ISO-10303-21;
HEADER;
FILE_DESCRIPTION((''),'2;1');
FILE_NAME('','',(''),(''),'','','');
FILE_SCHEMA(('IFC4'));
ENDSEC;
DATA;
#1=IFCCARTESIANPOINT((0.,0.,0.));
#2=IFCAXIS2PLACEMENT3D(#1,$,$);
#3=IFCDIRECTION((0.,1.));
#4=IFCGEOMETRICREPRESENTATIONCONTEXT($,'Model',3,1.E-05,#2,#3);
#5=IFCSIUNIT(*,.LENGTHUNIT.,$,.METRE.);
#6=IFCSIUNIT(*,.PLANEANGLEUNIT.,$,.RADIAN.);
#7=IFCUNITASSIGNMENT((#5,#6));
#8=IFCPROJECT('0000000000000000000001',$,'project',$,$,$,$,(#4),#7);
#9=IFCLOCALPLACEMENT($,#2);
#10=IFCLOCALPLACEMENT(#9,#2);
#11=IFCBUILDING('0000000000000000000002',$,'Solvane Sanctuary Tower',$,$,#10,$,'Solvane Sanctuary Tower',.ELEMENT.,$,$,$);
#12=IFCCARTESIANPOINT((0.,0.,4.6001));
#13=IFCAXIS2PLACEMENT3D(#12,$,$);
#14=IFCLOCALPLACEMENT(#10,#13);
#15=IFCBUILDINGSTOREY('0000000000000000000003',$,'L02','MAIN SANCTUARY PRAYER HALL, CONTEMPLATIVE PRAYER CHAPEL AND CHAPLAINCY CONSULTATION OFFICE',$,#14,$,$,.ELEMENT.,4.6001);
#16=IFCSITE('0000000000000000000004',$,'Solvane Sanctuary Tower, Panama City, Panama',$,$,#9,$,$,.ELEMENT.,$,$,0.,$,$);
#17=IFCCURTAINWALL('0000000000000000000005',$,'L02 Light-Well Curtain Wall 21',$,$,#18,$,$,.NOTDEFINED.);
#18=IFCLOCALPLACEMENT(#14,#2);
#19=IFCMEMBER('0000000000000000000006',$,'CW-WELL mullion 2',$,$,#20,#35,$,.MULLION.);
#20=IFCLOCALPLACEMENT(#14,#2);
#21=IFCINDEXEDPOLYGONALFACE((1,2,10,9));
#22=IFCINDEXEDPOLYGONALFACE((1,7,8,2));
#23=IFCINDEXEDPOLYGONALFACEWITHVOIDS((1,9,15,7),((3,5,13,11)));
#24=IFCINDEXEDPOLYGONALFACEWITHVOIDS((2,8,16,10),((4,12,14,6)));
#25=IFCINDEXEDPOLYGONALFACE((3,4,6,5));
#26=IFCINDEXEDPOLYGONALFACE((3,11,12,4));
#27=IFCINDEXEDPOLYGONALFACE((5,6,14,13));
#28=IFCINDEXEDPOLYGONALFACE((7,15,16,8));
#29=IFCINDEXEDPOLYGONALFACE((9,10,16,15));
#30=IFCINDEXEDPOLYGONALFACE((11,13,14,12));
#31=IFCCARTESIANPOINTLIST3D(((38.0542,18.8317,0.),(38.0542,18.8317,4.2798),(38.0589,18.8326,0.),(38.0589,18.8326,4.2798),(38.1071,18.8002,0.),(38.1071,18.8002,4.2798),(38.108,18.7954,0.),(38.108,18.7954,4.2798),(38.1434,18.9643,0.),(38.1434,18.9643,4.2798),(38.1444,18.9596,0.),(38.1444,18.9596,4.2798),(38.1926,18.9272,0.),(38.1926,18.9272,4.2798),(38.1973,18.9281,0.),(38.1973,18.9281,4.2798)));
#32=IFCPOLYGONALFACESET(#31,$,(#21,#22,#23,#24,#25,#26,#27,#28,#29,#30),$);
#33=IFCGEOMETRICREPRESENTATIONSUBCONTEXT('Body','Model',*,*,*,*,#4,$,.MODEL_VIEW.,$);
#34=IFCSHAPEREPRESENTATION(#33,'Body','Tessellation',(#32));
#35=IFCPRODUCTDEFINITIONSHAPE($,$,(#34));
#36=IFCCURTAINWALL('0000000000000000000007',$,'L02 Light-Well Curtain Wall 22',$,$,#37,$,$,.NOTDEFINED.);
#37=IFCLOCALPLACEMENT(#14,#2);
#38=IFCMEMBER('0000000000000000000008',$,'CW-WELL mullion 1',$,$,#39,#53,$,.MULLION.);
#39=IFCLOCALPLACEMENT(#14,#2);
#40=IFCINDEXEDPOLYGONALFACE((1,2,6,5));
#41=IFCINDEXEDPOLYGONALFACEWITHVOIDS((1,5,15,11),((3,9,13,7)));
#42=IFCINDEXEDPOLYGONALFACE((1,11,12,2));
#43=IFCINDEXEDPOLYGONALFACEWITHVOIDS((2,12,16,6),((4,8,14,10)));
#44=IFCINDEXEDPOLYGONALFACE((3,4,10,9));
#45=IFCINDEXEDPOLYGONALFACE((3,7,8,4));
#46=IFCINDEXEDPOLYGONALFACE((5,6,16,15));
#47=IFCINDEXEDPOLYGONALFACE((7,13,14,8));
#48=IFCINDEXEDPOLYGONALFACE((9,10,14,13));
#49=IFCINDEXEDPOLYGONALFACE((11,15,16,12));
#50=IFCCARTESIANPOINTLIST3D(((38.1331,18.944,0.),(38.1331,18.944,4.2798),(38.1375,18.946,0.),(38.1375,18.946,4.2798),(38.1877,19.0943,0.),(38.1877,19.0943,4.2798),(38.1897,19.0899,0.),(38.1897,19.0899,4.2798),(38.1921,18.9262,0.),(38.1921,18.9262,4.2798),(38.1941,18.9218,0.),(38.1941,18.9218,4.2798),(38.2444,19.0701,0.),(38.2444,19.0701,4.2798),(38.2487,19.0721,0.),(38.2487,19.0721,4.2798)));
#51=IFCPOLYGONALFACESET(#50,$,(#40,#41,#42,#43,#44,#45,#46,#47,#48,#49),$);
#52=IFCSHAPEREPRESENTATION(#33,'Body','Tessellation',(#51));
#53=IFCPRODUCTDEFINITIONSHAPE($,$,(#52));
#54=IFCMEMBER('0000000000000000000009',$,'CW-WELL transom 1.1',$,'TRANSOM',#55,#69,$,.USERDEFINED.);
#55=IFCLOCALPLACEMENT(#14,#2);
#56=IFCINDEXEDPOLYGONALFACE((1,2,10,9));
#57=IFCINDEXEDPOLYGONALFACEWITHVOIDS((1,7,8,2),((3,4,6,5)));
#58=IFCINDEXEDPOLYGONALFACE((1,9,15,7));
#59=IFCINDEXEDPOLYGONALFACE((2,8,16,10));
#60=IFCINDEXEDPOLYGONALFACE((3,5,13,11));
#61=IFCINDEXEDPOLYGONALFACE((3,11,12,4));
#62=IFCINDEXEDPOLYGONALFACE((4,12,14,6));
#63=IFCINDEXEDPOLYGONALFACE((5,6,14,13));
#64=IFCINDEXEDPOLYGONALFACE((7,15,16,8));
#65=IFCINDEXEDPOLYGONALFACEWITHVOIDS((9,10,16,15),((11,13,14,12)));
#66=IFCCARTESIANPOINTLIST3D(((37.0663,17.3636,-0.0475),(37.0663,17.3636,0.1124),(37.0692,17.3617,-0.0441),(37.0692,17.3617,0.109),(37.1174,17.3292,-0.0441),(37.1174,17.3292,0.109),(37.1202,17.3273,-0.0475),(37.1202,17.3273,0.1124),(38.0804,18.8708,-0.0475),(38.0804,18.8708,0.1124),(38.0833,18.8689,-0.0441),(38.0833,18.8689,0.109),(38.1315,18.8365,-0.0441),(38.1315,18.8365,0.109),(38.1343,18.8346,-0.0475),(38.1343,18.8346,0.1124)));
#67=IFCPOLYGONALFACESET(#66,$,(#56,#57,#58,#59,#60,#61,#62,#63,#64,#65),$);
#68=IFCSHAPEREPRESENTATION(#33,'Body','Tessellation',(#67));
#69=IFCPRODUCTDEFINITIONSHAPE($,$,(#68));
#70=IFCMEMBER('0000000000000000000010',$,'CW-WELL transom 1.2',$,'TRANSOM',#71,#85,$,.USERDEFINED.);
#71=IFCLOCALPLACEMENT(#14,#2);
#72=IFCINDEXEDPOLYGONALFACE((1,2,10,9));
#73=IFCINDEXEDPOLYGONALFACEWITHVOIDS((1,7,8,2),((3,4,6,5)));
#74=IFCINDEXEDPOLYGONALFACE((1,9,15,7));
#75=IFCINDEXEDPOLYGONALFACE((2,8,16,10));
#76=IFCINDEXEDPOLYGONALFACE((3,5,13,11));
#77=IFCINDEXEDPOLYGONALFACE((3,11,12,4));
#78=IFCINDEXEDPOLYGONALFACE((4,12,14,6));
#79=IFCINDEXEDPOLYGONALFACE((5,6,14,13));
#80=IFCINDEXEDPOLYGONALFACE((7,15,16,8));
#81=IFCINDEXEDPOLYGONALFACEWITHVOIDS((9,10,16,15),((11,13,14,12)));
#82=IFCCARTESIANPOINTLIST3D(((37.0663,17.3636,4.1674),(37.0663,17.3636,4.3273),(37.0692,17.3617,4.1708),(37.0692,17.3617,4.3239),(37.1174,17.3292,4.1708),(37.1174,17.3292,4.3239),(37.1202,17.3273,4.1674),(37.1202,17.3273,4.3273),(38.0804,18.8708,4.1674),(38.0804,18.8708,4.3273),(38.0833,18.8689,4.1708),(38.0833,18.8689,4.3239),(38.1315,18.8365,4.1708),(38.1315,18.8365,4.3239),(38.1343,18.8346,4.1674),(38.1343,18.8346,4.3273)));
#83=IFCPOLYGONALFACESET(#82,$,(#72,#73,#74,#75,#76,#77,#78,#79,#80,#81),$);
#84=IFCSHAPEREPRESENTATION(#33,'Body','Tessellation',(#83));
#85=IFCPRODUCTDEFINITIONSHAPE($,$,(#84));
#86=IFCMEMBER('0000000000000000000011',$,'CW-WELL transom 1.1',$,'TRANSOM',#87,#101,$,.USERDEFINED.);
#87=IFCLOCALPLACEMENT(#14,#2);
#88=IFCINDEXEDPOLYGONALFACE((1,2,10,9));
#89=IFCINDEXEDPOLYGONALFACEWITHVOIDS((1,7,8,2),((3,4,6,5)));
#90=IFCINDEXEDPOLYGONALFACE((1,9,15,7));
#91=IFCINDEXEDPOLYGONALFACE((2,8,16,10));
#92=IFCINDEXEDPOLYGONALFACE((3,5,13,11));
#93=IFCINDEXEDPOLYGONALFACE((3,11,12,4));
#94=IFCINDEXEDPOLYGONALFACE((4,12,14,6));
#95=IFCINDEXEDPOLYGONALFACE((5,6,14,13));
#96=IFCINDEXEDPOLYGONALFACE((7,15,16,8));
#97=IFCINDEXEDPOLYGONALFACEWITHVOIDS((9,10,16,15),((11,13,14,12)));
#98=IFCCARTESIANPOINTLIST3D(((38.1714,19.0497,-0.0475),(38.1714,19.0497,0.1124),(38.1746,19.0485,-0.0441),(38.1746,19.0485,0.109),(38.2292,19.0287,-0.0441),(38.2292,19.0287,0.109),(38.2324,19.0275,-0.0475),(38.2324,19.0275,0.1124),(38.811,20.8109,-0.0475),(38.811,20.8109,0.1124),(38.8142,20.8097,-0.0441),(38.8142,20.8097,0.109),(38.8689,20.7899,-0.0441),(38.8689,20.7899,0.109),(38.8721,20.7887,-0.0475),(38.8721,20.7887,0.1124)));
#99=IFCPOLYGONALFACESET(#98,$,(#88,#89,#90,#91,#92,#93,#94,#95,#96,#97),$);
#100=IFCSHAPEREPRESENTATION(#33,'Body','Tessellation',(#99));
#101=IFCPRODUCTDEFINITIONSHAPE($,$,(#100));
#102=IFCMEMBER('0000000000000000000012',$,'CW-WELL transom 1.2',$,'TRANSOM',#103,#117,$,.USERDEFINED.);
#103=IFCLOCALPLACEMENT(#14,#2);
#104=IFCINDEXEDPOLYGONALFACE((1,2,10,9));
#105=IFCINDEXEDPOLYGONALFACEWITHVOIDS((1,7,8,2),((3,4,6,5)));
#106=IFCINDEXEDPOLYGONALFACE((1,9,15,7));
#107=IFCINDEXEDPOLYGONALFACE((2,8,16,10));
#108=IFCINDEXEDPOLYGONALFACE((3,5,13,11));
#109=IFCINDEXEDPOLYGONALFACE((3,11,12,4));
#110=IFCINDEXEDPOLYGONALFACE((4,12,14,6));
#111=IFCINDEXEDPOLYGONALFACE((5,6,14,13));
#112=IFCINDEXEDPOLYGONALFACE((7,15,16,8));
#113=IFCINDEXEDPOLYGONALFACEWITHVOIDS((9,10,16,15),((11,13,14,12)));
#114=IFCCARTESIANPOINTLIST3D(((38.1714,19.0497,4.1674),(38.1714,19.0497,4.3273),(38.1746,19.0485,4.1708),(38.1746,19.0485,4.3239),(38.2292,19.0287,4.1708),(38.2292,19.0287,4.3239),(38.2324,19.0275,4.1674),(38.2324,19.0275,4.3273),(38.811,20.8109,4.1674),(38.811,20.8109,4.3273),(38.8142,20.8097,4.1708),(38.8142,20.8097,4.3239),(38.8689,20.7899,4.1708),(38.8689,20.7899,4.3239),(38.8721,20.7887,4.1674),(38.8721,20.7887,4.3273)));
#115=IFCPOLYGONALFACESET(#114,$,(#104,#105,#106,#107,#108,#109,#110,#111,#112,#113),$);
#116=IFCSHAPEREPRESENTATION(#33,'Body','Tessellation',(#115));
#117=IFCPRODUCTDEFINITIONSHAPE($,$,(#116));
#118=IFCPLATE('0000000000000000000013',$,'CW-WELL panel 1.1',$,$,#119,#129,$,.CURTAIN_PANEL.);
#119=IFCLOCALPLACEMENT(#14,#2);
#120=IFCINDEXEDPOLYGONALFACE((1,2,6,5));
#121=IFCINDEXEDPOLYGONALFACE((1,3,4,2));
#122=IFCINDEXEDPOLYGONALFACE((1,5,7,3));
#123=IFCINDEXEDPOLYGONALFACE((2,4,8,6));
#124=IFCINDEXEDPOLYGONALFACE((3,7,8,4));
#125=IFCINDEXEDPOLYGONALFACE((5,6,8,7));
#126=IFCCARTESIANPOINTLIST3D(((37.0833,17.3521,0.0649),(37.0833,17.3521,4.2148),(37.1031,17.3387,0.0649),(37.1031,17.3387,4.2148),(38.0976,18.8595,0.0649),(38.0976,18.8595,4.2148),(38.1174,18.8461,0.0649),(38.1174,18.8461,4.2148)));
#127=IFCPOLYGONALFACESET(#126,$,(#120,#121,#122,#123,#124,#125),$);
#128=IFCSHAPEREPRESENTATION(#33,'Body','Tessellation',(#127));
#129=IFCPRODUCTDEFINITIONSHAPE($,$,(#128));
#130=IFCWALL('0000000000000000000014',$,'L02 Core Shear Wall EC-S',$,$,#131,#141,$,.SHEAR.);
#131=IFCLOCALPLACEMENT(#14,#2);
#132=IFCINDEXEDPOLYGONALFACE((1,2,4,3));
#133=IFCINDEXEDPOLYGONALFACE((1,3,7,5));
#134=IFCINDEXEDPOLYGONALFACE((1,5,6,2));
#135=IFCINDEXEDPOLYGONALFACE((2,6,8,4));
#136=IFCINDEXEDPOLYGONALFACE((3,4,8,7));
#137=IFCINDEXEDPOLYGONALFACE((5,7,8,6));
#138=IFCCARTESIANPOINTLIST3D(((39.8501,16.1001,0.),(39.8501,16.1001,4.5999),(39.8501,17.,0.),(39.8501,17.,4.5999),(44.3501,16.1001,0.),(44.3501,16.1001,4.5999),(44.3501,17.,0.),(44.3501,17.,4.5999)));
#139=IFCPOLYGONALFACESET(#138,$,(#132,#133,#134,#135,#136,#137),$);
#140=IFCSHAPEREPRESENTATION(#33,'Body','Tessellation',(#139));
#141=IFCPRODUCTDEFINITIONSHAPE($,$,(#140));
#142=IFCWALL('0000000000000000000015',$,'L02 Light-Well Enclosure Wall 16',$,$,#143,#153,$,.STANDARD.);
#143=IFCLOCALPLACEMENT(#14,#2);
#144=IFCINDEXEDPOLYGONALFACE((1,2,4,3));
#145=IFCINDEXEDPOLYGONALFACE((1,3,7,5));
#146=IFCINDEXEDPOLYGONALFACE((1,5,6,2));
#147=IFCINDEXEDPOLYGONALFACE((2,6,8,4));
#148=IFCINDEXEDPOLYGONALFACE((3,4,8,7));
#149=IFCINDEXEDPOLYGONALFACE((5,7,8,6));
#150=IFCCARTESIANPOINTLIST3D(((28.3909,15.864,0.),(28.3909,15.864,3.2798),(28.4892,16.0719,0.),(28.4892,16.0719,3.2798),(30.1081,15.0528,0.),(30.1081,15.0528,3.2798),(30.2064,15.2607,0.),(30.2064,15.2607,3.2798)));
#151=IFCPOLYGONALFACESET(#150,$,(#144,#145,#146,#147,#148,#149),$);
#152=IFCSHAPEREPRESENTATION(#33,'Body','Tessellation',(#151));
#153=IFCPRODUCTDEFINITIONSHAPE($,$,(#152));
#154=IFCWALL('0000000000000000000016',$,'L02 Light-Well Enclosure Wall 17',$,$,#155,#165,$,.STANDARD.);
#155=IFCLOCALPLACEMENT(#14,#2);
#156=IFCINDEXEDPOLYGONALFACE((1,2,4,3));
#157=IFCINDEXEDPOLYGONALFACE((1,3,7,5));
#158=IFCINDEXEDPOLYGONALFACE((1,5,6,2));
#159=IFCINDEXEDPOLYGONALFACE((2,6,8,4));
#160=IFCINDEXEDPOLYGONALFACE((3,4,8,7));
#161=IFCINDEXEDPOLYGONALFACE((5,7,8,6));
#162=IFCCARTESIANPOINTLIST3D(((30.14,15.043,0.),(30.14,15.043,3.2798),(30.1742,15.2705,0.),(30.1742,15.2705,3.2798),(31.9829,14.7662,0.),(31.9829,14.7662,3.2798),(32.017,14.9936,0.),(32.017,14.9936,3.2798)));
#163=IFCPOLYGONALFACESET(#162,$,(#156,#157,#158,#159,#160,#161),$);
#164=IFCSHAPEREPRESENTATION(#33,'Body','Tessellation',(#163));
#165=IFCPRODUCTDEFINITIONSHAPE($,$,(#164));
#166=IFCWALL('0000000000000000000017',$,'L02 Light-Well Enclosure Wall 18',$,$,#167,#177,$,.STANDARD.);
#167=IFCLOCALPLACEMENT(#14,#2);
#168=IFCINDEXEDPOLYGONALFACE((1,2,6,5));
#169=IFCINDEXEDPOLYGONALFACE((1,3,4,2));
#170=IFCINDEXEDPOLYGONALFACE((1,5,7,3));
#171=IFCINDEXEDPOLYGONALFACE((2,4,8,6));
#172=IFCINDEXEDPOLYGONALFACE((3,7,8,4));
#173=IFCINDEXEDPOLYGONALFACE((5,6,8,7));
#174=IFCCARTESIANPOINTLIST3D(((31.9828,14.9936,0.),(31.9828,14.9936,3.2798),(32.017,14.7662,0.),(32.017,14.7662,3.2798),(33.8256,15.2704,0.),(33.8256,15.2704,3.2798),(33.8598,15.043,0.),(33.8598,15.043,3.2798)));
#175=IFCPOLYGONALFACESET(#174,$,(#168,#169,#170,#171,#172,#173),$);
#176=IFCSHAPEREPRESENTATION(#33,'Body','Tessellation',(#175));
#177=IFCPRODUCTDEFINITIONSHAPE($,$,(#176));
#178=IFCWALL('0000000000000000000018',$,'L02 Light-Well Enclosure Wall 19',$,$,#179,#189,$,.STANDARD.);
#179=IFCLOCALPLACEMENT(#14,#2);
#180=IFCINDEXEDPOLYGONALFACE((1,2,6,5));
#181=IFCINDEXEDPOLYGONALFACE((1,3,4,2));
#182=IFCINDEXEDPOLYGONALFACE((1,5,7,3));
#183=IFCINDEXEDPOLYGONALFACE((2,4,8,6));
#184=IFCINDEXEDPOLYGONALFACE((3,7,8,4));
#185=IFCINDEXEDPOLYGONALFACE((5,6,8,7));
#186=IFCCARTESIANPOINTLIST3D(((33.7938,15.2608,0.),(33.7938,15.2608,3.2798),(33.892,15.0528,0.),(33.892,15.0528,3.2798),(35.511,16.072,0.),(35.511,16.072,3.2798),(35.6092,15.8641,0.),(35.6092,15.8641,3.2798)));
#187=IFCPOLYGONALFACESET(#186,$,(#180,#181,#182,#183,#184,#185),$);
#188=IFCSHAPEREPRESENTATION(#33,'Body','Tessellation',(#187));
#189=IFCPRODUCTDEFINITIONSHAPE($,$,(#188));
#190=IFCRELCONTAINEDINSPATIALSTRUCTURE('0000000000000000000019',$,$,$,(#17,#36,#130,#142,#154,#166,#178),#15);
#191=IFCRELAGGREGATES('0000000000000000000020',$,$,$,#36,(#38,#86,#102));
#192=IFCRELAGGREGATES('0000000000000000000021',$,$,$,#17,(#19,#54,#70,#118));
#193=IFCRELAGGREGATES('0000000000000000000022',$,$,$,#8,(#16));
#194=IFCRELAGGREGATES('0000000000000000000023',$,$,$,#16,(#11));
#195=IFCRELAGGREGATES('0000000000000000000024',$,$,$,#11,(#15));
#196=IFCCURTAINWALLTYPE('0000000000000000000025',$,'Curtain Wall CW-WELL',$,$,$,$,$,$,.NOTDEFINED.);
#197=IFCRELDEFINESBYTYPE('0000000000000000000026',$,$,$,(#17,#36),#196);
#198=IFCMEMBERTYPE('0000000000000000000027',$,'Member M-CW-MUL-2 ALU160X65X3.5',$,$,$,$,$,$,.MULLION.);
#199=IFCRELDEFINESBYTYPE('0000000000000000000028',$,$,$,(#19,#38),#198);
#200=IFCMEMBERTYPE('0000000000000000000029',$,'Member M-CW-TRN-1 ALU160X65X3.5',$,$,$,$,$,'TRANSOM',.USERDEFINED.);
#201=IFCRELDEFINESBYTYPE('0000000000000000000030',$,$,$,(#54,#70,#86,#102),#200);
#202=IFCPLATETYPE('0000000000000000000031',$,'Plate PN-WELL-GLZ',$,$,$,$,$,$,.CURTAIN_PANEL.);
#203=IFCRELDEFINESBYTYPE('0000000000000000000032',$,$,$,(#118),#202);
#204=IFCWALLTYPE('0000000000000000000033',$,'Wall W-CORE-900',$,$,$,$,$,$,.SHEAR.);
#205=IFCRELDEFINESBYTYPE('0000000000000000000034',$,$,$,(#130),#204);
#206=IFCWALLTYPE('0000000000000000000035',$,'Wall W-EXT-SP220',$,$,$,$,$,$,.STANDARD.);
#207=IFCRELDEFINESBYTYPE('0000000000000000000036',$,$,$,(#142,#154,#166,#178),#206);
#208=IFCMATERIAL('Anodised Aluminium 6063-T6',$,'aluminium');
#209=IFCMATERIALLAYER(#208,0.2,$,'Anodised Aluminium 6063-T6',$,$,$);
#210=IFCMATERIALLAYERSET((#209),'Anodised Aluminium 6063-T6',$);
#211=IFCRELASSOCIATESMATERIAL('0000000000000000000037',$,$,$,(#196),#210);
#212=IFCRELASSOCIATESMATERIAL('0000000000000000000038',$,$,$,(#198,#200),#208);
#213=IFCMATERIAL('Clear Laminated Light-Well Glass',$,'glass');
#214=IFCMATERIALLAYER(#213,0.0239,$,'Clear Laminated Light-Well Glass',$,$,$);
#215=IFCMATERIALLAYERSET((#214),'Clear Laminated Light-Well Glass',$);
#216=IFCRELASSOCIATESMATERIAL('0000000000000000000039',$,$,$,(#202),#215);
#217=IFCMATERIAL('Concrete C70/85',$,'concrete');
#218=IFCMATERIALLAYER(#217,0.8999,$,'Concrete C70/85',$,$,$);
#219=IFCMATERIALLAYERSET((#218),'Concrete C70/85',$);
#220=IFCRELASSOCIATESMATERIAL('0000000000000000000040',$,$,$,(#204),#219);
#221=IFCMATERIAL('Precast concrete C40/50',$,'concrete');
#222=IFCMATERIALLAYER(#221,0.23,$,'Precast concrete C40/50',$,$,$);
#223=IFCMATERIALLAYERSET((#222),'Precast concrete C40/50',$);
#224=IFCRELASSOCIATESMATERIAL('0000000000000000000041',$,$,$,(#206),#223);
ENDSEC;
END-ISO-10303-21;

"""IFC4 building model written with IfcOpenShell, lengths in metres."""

from ifc_helpers import new_model, si_unit, direction, frame, frame_2d, origin, origin_2d, place, context, subcontext, project, spatial, rectangle, hollow_rectangle, extrude, material, layer, layer_set, material_profile, profile_set, type_object, element, aggregate, save


model = new_model("IFC4")

# Units and contexts
model_context = context("Model", 3, precision=1e-05, world=origin(), true_north=direction((0.0, 1.0)))
body_context = subcontext(model_context, "Body", "Model", "MODEL_VIEW")
ifc_project = project(units=[si_unit("LENGTHUNIT", "METRE"), si_unit("PLANEANGLEUNIT", "RADIAN")], contexts=[model_context])

# Site, building, storey
site_placement = place(None, origin())
site = spatial("IfcSite", under=ifc_project, at=site_placement, Name="Solvane Sanctuary Tower, Panama City, Panama", CompositionType="ELEMENT", RefElevation=0.0)
building_placement = place(site_placement, origin())
building = spatial("IfcBuilding", under=site, at=building_placement, Name="Solvane Sanctuary Tower", LongName="Solvane Sanctuary Tower", CompositionType="ELEMENT")
storey_placement = place(building_placement, frame((0.0, 0.0, 4.6001)))
storey = spatial("IfcBuildingStorey", under=building, at=storey_placement, Name="L02", Description="MAIN SANCTUARY PRAYER HALL, CONTEMPLATIVE PRAYER CHAPEL AND CHAPLAINCY CONSULTATION OFFICE", CompositionType="ELEMENT", Elevation=4.6001)

# Shared definitions
ifc_material_1 = material(Name="Concrete C70/85", Category="concrete")

# Curtain wall, member
ifc_material_2 = material(Name="Anodised Aluminium 6063-T6", Category="aluminium")
ifc_layer_1 = layer(ifc_material_2, 0.2, Name="Anodised Aluminium 6063-T6")
ifc_layer_set_1 = layer_set([ifc_layer_1], Name="Anodised Aluminium 6063-T6")
curtain_wall_type = type_object("IfcCurtainWallType", Name="Curtain Wall CW-WELL", PredefinedType="NOTDEFINED", material=ifc_layer_set_1)
curtain_wall_1_placement = place(storey_placement, origin())
curtain_wall_1 = element("IfcCurtainWall", 1, at=curtain_wall_1_placement, inside=storey, type_object=curtain_wall_type, Name="L02 Light-Well Curtain Wall 21", PredefinedType="NOTDEFINED")
ifc_material_profile_1 = material_profile(ifc_material_2, hollow_rectangle(XDim=0.0649, YDim=0.1599, WallThickness=0.0034, at=origin_2d()), Name="ALU160X65X3.5")
ifc_profile_set_1 = profile_set([ifc_material_profile_1], Name="Anodised Aluminium 6063-T6")
member_type_1 = type_object("IfcMemberType", Name="Member M-CW-MUL-2 ALU160X65X3.5", PredefinedType="MULLION", material=ifc_profile_set_1)
member_1_placement = place(storey_placement, frame((38.1257, 18.8799, 0.0), z_axis=(0.0, 0.0, 1.0), x_axis=(-0.829664, 0.558263, 0.0)))
member_1 = element("IfcMember", 2, at=member_1_placement, type_object=member_type_1, Name="CW-WELL mullion 2", PredefinedType="MULLION", context=body_context, shape_type="SweptSolid", body=[
    extrude(hollow_rectangle(XDim=0.0649, YDim=0.1599, WallThickness=0.0034, at=origin_2d()), origin(), (0.0, 0.0, 1.0), 4.2798),
])

# Curtain wall, member
curtain_wall_2_placement = place(storey_placement, origin())
curtain_wall_2 = element("IfcCurtainWall", 3, at=curtain_wall_2_placement, inside=storey, type_object=curtain_wall_type, Name="L02 Light-Well Curtain Wall 22", PredefinedType="NOTDEFINED")
member_2_placement = place(storey_placement, frame((38.1909, 19.0081, 0.0), z_axis=(0.0, 0.0, 1.0), x_axis=(-0.939938, 0.341346, 0.0)))
member_2 = element("IfcMember", 4, at=member_2_placement, type_object=member_type_1, Name="CW-WELL mullion 1", PredefinedType="MULLION", context=body_context, shape_type="SweptSolid", body=[
    extrude(hollow_rectangle(XDim=0.0649, YDim=0.1599, WallThickness=0.0034, at=origin_2d()), origin(), (0.0, 0.0, 1.0), 4.2798),
])

# Members
ifc_material_profile_2 = material_profile(ifc_material_2, hollow_rectangle(XDim=0.0649, YDim=0.1599, WallThickness=0.0034, at=origin_2d()), Name="ALU160X65X3.5")
ifc_profile_set_2 = profile_set([ifc_material_profile_2], Name="Anodised Aluminium 6063-T6")
member_type_2 = type_object("IfcMemberType", Name="Member M-CW-TRN-1 ALU160X65X3.5", ElementType="TRANSOM", PredefinedType="USERDEFINED", material=ifc_profile_set_2)
member_3_placement = place(storey_placement, frame((37.0933, 17.3455, 0.0325), z_axis=(0.558231, 0.829686, 0.0), x_axis=(-0.829686, 0.558231, 0.0)))
member_3 = element("IfcMember", 5, at=member_3_placement, type_object=member_type_2, Name="CW-WELL transom 1.1", ObjectType="TRANSOM", PredefinedType="USERDEFINED", context=body_context, shape_type="SweptSolid", body=[
    extrude(hollow_rectangle(XDim=0.0649, YDim=0.1599, WallThickness=0.0034, at=origin_2d()), origin(), (0.0, 0.0, 1.0), 1.8167),
])
member_4_placement = place(storey_placement, frame((37.0933, 17.3455, 4.2473), z_axis=(0.558231, 0.829686, 0.0), x_axis=(-0.829686, 0.558231, 0.0)))
member_4 = element("IfcMember", 6, at=member_4_placement, type_object=member_type_2, Name="CW-WELL transom 1.2", ObjectType="TRANSOM", PredefinedType="USERDEFINED", context=body_context, shape_type="SweptSolid", body=[
    extrude(hollow_rectangle(XDim=0.0649, YDim=0.1599, WallThickness=0.0034, at=origin_2d()), origin(), (0.0, 0.0, 1.0), 1.8167),
])
member_5_placement = place(storey_placement, frame((38.2019, 19.0386, 0.0325), z_axis=(0.341366, 0.93993, 0.0), x_axis=(-0.93993, 0.341366, 0.0)))
member_5 = element("IfcMember", 7, at=member_5_placement, type_object=member_type_2, Name="CW-WELL transom 1.1", ObjectType="TRANSOM", PredefinedType="USERDEFINED", context=body_context, shape_type="SweptSolid", body=[
    extrude(hollow_rectangle(XDim=0.0649, YDim=0.1599, WallThickness=0.0034, at=origin_2d()), origin(), (0.0, 0.0, 1.0), 1.8738),
])
member_6_placement = place(storey_placement, frame((38.2019, 19.0386, 4.2473), z_axis=(0.341366, 0.93993, 0.0), x_axis=(-0.93993, 0.341366, 0.0)))
member_6 = element("IfcMember", 8, at=member_6_placement, type_object=member_type_2, Name="CW-WELL transom 1.2", ObjectType="TRANSOM", PredefinedType="USERDEFINED", context=body_context, shape_type="SweptSolid", body=[
    extrude(hollow_rectangle(XDim=0.0649, YDim=0.1599, WallThickness=0.0034, at=origin_2d()), origin(), (0.0, 0.0, 1.0), 1.8738),
])
aggregate(curtain_wall_2, [member_2, member_5, member_6])

# Plate
ifc_material_3 = material(Name="Clear Laminated Light-Well Glass", Category="glass")
ifc_layer_2 = layer(ifc_material_3, 0.0239, Name="Clear Laminated Light-Well Glass")
ifc_layer_set_2 = layer_set([ifc_layer_2], Name="Clear Laminated Light-Well Glass")
plate_type = type_object("IfcPlateType", Name="Plate PN-WELL-GLZ", PredefinedType="CURTAIN_PANEL", material=ifc_layer_set_2)
plate_placement = place(storey_placement, frame((37.6003, 18.0991, 0.0649), z_axis=(0.0, 0.0, 1.0), x_axis=(0.558263, 0.829664, 0.0)))
plate = element("IfcPlate", 9, at=plate_placement, type_object=plate_type, Name="CW-WELL panel 1.1", PredefinedType="CURTAIN_PANEL", context=body_context, shape_type="SweptSolid", body=[
    extrude(rectangle(XDim=1.8169, YDim=0.0239, at=origin_2d()), origin(), (0.0, 0.0, 1.0), 4.1499),
])
aggregate(curtain_wall_1, [member_1, member_3, member_4, plate])

# Walls
ifc_layer_3 = layer(ifc_material_1, 0.8999, Name="Concrete C70/85")
ifc_layer_set_3 = layer_set([ifc_layer_3], Name="Concrete C70/85")
wall_type_1 = type_object("IfcWallType", Name="Wall W-CORE-900", PredefinedType="SHEAR", material=ifc_layer_set_3)
wall_1_placement = place(storey_placement, frame((39.8501, 16.55, 0.0), z_axis=(0.0, 0.0, 1.0), x_axis=(1.0, 0.0, 0.0)))
element("IfcWall", 10, at=wall_1_placement, inside=storey, type_object=wall_type_1, Name="L02 Core Shear Wall EC-S", PredefinedType="SHEAR", context=body_context, shape_type="SweptSolid", body=[
    extrude(rectangle(XDim=4.5, YDim=0.8999, at=frame_2d((2.25, 0.0))), origin(), (0.0, 0.0, 1.0), 4.5999),
])
ifc_material_4 = material(Name="Precast concrete C40/50", Category="concrete")
ifc_layer_4 = layer(ifc_material_4, 0.23, Name="Precast concrete C40/50")
ifc_layer_set_4 = layer_set([ifc_layer_4], Name="Precast concrete C40/50")
wall_type_2 = type_object("IfcWallType", Name="Wall W-EXT-SP220", PredefinedType="STANDARD", material=ifc_layer_set_4)
wall_2_placement = place(storey_placement, frame((28.4399, 15.968, 0.0), z_axis=(0.0, 0.0, 1.0), x_axis=(0.90418, -0.427152, 0.0)))
element("IfcWall", 11, at=wall_2_placement, inside=storey, type_object=wall_type_2, Name="L02 Light-Well Enclosure Wall 16", PredefinedType="STANDARD", context=body_context, shape_type="SweptSolid", body=[
    extrude(rectangle(XDim=1.8992, YDim=0.23, at=frame_2d((0.9497, 0.0))), origin(), (0.0, 0.0, 1.0), 3.2798),
])
for number, where, z_axis, x_axis, name in (
    (12, (30.1572, 15.1567, 0.0), (0.0, 0.0, 1.0), (0.988902, -0.148571, 0.0), "L02 Light-Well Enclosure Wall 17"),
    (13, (32.0, 14.8799, 0.0), (0.0, 0.0, 1.0), (0.988902, 0.148571, 0.0), "L02 Light-Well Enclosure Wall 18"),
):
    element("IfcWall", number, at=place(storey_placement, frame(where, z_axis=z_axis, x_axis=x_axis)), inside=storey, type_object=wall_type_2, Name=name, PredefinedType="STANDARD", context=body_context, shape_type="SweptSolid", body=[
        extrude(rectangle(XDim=1.8635, YDim=0.23, at=frame_2d((0.9316, 0.0))), origin(), (0.0, 0.0, 1.0), 3.2798),
    ])
wall_3_placement = place(storey_placement, frame((33.8428, 15.1567, 0.0), z_axis=(0.0, 0.0, 1.0), x_axis=(0.90418, 0.427152, 0.0)))
element("IfcWall", 14, at=wall_3_placement, inside=storey, type_object=wall_type_2, Name="L02 Light-Well Enclosure Wall 19", PredefinedType="STANDARD", context=body_context, shape_type="SweptSolid", body=[
    extrude(rectangle(XDim=1.8992, YDim=0.23, at=frame_2d((0.9497, 0.0))), origin(), (0.0, 0.0, 1.0), 3.2798),
])

save(model, "model.ifc")
